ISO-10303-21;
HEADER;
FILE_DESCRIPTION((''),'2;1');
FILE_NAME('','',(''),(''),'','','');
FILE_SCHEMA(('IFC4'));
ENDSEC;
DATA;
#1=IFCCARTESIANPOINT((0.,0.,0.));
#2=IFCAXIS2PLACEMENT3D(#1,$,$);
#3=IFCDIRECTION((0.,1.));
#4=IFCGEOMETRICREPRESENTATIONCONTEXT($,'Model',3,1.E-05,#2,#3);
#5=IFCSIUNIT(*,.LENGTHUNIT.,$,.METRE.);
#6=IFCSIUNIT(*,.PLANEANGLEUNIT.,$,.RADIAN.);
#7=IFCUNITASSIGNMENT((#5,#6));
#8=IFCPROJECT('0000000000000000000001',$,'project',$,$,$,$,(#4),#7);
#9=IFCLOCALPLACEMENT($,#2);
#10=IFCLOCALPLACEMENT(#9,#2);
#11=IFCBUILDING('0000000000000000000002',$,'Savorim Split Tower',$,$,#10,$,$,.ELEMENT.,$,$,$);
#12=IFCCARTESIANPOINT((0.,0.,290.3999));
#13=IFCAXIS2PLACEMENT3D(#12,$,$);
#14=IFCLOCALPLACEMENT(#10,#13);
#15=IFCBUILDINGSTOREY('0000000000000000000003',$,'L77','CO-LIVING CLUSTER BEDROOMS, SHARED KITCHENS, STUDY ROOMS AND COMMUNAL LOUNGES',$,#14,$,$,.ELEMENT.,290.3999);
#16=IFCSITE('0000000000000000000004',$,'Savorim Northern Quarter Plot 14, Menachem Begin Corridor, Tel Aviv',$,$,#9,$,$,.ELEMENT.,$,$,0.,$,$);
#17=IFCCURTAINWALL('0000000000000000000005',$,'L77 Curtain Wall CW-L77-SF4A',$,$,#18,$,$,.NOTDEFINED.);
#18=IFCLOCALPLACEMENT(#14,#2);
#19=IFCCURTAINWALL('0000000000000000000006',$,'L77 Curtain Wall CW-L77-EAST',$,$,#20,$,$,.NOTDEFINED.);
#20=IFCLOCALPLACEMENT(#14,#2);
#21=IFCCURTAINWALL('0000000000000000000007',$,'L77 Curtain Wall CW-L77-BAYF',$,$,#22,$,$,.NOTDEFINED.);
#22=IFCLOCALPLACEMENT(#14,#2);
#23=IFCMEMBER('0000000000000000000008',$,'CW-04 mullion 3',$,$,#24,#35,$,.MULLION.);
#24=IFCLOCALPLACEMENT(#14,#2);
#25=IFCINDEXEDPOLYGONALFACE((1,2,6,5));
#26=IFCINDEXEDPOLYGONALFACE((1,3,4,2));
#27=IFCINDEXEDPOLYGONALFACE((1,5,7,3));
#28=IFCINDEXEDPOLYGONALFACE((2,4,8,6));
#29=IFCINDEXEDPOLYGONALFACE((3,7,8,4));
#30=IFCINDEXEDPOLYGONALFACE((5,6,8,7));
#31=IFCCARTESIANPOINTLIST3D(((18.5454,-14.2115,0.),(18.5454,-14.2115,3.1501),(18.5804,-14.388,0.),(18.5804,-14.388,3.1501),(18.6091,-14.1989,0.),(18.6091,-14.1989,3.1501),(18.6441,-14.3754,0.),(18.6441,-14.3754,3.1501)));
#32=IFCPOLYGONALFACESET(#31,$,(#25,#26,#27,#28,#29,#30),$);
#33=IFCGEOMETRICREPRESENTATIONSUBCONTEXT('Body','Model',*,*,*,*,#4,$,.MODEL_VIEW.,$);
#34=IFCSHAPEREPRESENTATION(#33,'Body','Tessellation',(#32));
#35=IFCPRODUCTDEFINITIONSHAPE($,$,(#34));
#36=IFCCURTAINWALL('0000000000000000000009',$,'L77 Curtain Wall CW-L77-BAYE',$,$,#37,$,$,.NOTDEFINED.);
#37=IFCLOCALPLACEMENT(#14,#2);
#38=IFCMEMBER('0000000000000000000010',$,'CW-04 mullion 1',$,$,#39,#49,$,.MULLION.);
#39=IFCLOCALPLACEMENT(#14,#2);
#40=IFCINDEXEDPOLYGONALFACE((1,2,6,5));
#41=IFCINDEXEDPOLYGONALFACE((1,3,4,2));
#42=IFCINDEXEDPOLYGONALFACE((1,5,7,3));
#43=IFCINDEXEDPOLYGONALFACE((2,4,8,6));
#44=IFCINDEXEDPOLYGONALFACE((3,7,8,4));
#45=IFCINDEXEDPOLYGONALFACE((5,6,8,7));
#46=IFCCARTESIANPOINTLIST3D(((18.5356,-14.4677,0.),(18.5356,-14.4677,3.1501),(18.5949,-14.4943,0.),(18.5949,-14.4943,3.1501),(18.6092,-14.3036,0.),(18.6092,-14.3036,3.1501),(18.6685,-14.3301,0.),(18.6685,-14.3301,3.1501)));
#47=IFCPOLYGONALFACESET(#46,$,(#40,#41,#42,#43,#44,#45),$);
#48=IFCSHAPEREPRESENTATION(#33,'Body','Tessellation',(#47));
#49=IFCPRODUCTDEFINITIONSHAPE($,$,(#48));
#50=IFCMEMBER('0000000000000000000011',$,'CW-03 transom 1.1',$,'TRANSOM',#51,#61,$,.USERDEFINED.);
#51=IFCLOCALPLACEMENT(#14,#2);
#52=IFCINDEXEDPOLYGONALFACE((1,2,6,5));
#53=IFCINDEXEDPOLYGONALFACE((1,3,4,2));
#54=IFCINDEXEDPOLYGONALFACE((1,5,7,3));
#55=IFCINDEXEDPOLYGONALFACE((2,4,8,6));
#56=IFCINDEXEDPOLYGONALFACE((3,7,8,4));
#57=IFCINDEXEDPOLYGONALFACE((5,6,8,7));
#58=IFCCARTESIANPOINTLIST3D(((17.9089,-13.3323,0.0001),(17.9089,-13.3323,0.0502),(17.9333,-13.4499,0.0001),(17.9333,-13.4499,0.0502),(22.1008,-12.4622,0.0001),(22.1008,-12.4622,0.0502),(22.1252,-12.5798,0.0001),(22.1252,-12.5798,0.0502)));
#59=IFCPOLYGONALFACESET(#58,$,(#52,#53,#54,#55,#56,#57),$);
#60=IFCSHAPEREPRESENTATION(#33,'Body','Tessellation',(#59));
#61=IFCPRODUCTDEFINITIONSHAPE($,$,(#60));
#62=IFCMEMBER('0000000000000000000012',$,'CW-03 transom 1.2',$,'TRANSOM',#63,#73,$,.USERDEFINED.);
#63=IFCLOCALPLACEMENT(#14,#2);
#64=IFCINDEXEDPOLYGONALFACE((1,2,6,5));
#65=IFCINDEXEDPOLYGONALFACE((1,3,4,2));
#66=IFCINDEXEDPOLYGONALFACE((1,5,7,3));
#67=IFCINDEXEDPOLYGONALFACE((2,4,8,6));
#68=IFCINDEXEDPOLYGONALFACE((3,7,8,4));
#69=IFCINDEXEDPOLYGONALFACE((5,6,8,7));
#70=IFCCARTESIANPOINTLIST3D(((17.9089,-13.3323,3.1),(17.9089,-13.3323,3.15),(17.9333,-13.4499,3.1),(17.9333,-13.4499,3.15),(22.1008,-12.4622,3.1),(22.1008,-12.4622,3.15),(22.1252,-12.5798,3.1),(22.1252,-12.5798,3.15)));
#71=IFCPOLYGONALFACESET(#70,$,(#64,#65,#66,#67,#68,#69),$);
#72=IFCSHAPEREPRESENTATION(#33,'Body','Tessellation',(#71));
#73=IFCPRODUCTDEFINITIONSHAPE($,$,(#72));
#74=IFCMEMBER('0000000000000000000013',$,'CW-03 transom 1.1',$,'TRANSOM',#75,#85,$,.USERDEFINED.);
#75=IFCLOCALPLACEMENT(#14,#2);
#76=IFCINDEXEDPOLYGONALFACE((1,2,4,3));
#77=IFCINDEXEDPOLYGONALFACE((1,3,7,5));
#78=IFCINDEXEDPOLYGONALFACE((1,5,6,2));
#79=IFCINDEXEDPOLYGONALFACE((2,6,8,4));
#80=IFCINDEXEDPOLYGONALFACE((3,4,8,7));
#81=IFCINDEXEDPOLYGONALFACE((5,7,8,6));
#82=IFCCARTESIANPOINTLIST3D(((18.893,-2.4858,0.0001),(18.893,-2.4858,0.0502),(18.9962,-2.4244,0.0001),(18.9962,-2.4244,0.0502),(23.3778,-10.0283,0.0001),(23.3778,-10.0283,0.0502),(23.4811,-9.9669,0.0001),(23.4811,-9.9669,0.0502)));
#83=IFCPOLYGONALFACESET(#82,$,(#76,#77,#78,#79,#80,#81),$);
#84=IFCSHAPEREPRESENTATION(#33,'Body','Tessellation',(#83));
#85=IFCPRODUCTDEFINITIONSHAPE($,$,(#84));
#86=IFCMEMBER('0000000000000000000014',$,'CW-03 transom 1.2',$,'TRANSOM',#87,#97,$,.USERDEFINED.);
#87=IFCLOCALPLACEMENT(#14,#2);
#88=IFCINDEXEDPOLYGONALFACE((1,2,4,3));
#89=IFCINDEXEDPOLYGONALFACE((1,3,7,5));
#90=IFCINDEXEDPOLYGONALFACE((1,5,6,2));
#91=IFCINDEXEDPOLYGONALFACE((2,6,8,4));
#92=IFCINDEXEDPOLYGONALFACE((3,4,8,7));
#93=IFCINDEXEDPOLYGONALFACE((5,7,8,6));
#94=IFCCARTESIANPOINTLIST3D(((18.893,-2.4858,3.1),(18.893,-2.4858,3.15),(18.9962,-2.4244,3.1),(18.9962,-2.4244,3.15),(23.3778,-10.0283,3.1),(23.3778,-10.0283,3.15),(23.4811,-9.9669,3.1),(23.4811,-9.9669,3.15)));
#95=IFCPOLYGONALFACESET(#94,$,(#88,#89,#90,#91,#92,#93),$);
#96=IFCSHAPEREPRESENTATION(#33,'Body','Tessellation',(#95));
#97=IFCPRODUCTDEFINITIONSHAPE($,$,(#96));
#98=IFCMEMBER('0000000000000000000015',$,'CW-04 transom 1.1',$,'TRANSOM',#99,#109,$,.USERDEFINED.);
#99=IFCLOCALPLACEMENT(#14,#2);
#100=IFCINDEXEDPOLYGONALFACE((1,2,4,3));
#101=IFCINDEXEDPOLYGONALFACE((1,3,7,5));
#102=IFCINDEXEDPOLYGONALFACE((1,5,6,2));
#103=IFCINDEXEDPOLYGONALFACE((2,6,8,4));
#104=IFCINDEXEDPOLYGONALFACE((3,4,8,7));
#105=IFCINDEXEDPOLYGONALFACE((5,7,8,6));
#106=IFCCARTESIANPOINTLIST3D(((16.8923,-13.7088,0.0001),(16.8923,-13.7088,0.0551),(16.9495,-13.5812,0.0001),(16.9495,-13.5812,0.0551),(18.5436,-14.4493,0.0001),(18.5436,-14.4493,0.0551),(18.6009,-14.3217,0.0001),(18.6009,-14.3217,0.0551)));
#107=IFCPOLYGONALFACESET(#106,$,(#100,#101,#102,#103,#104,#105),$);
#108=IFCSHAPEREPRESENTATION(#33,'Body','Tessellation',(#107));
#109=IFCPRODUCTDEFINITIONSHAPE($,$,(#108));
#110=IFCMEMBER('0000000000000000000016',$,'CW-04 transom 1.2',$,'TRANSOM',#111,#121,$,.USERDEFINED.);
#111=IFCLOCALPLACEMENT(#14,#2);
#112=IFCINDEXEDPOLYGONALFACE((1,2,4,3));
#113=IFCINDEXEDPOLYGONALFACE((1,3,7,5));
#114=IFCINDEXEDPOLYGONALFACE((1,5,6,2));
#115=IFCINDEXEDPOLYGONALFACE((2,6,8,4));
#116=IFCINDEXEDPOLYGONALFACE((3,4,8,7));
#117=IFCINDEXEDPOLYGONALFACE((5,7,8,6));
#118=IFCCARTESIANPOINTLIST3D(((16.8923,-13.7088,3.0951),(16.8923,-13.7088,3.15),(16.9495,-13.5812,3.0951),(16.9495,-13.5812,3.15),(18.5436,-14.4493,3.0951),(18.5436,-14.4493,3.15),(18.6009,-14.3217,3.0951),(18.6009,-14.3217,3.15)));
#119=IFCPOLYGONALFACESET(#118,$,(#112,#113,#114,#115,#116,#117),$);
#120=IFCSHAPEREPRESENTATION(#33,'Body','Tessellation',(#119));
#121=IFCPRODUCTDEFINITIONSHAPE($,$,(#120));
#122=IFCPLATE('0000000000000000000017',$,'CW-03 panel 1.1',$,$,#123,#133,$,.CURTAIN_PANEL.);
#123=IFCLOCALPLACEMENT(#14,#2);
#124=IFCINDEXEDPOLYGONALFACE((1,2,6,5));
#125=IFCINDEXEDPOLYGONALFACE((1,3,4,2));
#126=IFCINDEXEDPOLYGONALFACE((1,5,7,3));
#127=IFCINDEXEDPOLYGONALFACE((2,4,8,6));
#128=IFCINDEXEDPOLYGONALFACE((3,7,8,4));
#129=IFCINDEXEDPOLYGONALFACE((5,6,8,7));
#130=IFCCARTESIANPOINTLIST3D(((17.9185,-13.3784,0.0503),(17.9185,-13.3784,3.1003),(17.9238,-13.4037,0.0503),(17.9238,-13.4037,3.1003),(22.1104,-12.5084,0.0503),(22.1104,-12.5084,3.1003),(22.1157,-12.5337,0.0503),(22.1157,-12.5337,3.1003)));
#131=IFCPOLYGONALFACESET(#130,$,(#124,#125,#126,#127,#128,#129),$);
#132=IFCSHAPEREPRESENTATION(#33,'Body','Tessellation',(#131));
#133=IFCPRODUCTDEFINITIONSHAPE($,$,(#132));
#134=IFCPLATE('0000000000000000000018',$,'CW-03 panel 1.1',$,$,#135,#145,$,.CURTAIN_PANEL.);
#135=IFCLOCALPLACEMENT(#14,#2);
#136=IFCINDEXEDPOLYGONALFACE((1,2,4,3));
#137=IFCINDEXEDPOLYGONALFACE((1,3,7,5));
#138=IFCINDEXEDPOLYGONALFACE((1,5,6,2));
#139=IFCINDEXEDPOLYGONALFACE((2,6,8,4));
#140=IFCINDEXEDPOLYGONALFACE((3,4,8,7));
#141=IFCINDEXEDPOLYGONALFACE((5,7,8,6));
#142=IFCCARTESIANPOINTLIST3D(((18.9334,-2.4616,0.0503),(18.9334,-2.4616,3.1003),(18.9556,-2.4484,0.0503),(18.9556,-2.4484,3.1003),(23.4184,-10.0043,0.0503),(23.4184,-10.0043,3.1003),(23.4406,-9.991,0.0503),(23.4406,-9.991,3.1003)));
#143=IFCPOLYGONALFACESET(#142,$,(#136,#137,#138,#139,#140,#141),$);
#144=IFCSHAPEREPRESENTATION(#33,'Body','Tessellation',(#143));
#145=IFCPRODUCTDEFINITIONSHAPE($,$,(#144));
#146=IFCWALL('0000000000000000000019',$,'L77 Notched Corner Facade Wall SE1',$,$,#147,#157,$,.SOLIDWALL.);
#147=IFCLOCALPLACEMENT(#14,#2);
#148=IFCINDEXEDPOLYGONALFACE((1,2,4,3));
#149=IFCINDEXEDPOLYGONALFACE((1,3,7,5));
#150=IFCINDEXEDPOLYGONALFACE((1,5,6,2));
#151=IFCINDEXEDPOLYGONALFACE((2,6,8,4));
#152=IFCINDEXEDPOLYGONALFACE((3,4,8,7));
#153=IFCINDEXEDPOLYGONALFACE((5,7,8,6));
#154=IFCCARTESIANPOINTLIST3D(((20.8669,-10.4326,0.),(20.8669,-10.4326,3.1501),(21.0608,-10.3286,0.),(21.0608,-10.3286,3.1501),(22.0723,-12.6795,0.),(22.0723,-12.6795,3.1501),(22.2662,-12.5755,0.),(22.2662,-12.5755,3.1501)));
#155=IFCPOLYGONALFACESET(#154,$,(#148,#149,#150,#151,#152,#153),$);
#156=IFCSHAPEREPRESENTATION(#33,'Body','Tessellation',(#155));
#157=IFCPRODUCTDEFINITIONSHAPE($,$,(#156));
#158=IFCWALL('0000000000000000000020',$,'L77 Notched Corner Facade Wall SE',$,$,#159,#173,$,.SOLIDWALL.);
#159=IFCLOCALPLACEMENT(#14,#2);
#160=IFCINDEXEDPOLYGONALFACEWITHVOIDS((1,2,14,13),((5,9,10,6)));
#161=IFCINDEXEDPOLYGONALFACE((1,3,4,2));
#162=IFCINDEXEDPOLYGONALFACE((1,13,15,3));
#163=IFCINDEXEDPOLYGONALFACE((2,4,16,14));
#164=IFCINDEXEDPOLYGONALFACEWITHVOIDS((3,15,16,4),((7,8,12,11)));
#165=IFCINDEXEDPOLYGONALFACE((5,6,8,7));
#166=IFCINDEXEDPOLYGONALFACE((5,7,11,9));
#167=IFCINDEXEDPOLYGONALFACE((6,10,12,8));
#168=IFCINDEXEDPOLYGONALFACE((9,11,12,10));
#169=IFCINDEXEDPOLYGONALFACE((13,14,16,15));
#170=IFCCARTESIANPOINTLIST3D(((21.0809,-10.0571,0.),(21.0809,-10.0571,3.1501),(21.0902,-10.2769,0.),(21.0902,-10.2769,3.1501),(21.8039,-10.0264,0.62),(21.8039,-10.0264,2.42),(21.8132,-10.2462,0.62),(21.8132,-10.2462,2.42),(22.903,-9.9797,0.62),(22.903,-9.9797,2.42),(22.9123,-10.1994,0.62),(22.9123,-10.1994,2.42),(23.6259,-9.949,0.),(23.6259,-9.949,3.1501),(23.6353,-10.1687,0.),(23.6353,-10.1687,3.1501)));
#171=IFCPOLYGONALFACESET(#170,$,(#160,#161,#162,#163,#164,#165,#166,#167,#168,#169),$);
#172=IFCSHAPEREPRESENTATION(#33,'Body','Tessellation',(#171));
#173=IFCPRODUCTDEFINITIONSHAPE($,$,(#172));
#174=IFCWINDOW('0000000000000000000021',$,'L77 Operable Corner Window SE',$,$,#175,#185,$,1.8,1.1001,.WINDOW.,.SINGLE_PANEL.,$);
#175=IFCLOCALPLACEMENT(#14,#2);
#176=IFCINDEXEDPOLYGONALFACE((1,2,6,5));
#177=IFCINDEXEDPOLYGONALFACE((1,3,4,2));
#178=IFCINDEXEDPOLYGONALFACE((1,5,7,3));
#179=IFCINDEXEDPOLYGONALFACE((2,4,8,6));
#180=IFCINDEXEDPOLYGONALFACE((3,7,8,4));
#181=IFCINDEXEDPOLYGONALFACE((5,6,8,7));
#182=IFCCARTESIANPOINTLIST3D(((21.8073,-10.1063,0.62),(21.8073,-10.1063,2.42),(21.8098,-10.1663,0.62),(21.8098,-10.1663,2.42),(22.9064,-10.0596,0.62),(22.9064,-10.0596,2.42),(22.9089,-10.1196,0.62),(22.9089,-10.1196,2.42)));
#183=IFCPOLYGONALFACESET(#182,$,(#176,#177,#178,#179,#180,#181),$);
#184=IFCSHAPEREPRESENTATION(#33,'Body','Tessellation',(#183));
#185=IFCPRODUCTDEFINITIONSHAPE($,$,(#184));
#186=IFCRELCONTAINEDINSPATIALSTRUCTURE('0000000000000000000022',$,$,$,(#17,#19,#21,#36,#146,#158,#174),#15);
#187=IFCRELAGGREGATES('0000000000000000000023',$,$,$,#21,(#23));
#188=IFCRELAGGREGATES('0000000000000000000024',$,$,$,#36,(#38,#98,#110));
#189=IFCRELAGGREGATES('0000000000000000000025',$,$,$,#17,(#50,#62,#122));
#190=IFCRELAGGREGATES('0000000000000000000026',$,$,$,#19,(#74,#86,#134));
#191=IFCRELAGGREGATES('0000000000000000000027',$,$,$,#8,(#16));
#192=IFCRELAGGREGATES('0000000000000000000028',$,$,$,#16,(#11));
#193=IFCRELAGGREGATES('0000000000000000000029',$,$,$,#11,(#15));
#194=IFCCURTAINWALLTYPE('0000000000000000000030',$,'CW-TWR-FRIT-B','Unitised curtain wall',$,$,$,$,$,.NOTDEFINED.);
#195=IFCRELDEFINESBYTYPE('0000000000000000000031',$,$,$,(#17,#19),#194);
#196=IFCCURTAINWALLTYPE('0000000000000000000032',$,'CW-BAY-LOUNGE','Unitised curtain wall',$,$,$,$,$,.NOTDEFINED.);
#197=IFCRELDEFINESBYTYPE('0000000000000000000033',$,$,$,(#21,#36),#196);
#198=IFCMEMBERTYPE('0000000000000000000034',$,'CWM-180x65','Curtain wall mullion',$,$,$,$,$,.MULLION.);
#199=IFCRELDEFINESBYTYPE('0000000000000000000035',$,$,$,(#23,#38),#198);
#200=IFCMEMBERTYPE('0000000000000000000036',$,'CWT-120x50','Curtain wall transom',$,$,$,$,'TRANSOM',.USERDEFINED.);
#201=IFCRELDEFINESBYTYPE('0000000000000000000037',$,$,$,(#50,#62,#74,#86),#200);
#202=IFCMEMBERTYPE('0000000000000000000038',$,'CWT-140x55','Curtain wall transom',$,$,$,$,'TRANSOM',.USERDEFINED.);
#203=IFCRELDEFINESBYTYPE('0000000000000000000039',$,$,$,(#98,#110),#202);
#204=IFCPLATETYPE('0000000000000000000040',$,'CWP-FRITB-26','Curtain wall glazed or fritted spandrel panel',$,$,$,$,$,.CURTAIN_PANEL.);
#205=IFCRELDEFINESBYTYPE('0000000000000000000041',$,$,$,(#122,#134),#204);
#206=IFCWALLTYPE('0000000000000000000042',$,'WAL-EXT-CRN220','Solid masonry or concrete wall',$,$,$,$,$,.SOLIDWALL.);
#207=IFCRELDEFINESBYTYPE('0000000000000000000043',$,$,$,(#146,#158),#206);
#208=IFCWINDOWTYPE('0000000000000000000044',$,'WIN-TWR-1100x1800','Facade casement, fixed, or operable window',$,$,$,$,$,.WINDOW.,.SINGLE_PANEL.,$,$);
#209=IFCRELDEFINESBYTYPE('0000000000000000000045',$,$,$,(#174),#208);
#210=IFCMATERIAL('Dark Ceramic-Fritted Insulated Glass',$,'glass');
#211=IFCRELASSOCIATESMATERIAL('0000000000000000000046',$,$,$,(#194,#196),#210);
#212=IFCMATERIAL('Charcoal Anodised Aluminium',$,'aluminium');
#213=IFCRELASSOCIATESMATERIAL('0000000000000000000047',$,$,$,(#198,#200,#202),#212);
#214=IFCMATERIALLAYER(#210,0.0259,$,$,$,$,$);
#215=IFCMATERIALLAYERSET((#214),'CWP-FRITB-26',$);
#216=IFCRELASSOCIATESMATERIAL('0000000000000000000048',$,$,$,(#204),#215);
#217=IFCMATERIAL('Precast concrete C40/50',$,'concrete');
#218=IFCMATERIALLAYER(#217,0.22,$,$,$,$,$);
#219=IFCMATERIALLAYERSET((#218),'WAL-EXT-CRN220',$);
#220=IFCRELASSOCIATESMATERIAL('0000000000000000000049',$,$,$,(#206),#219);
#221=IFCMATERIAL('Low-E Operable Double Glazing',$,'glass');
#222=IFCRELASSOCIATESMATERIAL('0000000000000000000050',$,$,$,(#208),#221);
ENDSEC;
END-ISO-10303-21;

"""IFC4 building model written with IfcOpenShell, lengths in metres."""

from ifc_helpers import new_model, si_unit, direction, frame, frame_2d, origin, origin_2d, place, context, subcontext, project, spatial, rectangle, extrude, material, layer, layer_set, material_profile, profile_set, type_object, element, fill, aggregate, save


model = new_model("IFC4")

# Units and contexts
model_context = context("Model", 3, precision=1e-05, world=origin(), true_north=direction((0.0, 1.0)))
body_context = subcontext(model_context, "Body", "Model", "MODEL_VIEW")
ifc_project = project(units=[si_unit("LENGTHUNIT", "METRE"), si_unit("PLANEANGLEUNIT", "RADIAN")], contexts=[model_context])

# Site, building, storey
site_placement = place(None, origin())
site = spatial("IfcSite", under=ifc_project, at=site_placement, Name="Savorim Northern Quarter Plot 14, Menachem Begin Corridor, Tel Aviv", CompositionType="ELEMENT", RefElevation=0.0)
building_placement = place(site_placement, origin())
building = spatial("IfcBuilding", under=site, at=building_placement, Name="Savorim Split Tower", CompositionType="ELEMENT")
storey_placement = place(building_placement, frame((0.0, 0.0, 290.3999)))
storey = spatial("IfcBuildingStorey", under=building, at=storey_placement, Name="L77", Description="CO-LIVING CLUSTER BEDROOMS, SHARED KITCHENS, STUDY ROOMS AND COMMUNAL LOUNGES", CompositionType="ELEMENT", Elevation=290.3999)

# Curtain wall
ifc_material_1 = material(Name="Dark Ceramic-Fritted Insulated Glass", Category="glass")
curtain_wall_type_1 = type_object("IfcCurtainWallType", Name="CW-TWR-FRIT-B", Description="Unitised curtain wall", PredefinedType="NOTDEFINED", material=ifc_material_1)
curtain_wall_1_placement = place(storey_placement, origin())
curtain_wall_1 = element("IfcCurtainWall", 1, at=curtain_wall_1_placement, inside=storey, type_object=curtain_wall_type_1, Name="L77 Curtain Wall CW-L77-SF4A", PredefinedType="NOTDEFINED")
ifc_material_2 = material(Name="Charcoal Anodised Aluminium", Category="aluminium")

# Curtain wall
curtain_wall_2_placement = place(storey_placement, origin())
curtain_wall_2 = element("IfcCurtainWall", 2, at=curtain_wall_2_placement, inside=storey, type_object=curtain_wall_type_1, Name="L77 Curtain Wall CW-L77-EAST", PredefinedType="NOTDEFINED")

# Curtain walls, members
curtain_wall_type_2 = type_object("IfcCurtainWallType", Name="CW-BAY-LOUNGE", Description="Unitised curtain wall", PredefinedType="NOTDEFINED", material=ifc_material_1)
curtain_wall_3_placement = place(storey_placement, origin())
curtain_wall_3 = element("IfcCurtainWall", 3, at=curtain_wall_3_placement, inside=storey, type_object=curtain_wall_type_2, Name="L77 Curtain Wall CW-L77-BAYF", PredefinedType="NOTDEFINED")
ifc_material_profile_1 = material_profile(ifc_material_2, rectangle(XDim=0.1799, YDim=0.0649, at=origin_2d()), Name="ALU-M 180x65")
ifc_profile_set_1 = profile_set([ifc_material_profile_1], Name="Charcoal Anodised Aluminium")
member_type_1 = type_object("IfcMemberType", Name="CWM-180x65", Description="Curtain wall mullion", PredefinedType="MULLION", material=ifc_profile_set_1)
member_1_placement = place(storey_placement, frame((18.5947, -14.2935, 0.0), z_axis=(0.0, 0.0, 1.0), x_axis=(-0.194484, 0.980906, 0.0)))
member_1 = element("IfcMember", 4, at=member_1_placement, type_object=member_type_1, Name="CW-04 mullion 3", PredefinedType="MULLION", context=body_context, shape_type="SweptSolid", body=[
    extrude(rectangle(XDim=0.1799, YDim=0.0649, at=origin_2d()), origin(), (0.0, 0.0, 1.0), 3.1501),
])
aggregate(curtain_wall_3, [member_1])
curtain_wall_4_placement = place(storey_placement, origin())
curtain_wall_4 = element("IfcCurtainWall", 5, at=curtain_wall_4_placement, inside=storey, type_object=curtain_wall_type_2, Name="L77 Curtain Wall CW-L77-BAYE", PredefinedType="NOTDEFINED")
member_2_placement = place(storey_placement, frame((18.6021, -14.3989, 0.0), z_axis=(0.0, 0.0, 1.0), x_axis=(-0.409231, -0.912431, 0.0)))
member_2 = element("IfcMember", 6, at=member_2_placement, type_object=member_type_1, Name="CW-04 mullion 1", PredefinedType="MULLION", context=body_context, shape_type="SweptSolid", body=[
    extrude(rectangle(XDim=0.1799, YDim=0.0649, at=origin_2d()), origin(), (0.0, 0.0, 1.0), 3.1501),
])

# Members
ifc_material_profile_2 = material_profile(ifc_material_2, rectangle(XDim=0.1201, YDim=0.05, at=origin_2d()), Name="ALU-T 120x50")
ifc_profile_set_2 = profile_set([ifc_material_profile_2], Name="Charcoal Anodised Aluminium")
member_type_2 = type_object("IfcMemberType", Name="CWT-120x50", Description="Curtain wall transom", ElementType="TRANSOM", PredefinedType="USERDEFINED", material=ifc_profile_set_2)
member_3_placement = place(storey_placement, frame((17.9211, -13.3911, 0.0251), z_axis=(0.979129, 0.203239, 0.0), x_axis=(-0.203239, 0.979129, 0.0)))
member_3 = element("IfcMember", 7, at=member_3_placement, type_object=member_type_2, Name="CW-03 transom 1.1", ObjectType="TRANSOM", PredefinedType="USERDEFINED", context=body_context, shape_type="SweptSolid", body=[
    extrude(rectangle(XDim=0.1201, YDim=0.05, at=origin_2d()), origin(), (0.0, 0.0, 1.0), 4.2812),
])
member_4_placement = place(storey_placement, frame((17.9211, -13.3911, 3.125), z_axis=(0.979129, 0.203239, 0.0), x_axis=(-0.203239, 0.979129, 0.0)))
member_4 = element("IfcMember", 8, at=member_4_placement, type_object=member_type_2, Name="CW-03 transom 1.2", ObjectType="TRANSOM", PredefinedType="USERDEFINED", context=body_context, shape_type="SweptSolid", body=[
    extrude(rectangle(XDim=0.1201, YDim=0.05, at=origin_2d()), origin(), (0.0, 0.0, 1.0), 4.2812),
])
member_5_placement = place(storey_placement, frame((23.4294, -9.9976, 0.0251), z_axis=(-0.511088, 0.859529, 0.0), x_axis=(-0.859529, -0.511088, 0.0)))
member_5 = element("IfcMember", 9, at=member_5_placement, type_object=member_type_2, Name="CW-03 transom 1.1", ObjectType="TRANSOM", PredefinedType="USERDEFINED", context=body_context, shape_type="SweptSolid", body=[
    extrude(rectangle(XDim=0.1201, YDim=0.05, at=origin_2d()), origin(), (0.0, 0.0, 1.0), 8.7751),
])
member_6_placement = place(storey_placement, frame((23.4294, -9.9976, 3.125), z_axis=(-0.511088, 0.859529, 0.0), x_axis=(-0.859529, -0.511088, 0.0)))
member_6 = element("IfcMember", 10, at=member_6_placement, type_object=member_type_2, Name="CW-03 transom 1.2", ObjectType="TRANSOM", PredefinedType="USERDEFINED", context=body_context, shape_type="SweptSolid", body=[
    extrude(rectangle(XDim=0.1201, YDim=0.05, at=origin_2d()), origin(), (0.0, 0.0, 1.0), 8.7751),
])
ifc_material_profile_3 = material_profile(ifc_material_2, rectangle(XDim=0.1399, YDim=0.0549, at=origin_2d()), Name="ALU-T 140x55")
ifc_profile_set_3 = profile_set([ifc_material_profile_3], Name="Charcoal Anodised Aluminium")
member_type_3 = type_object("IfcMemberType", Name="CWT-140x55", Description="Curtain wall transom", ElementType="TRANSOM", PredefinedType="USERDEFINED", material=ifc_profile_set_3)
member_7_placement = place(storey_placement, frame((18.5723, -14.3855, 0.0276), z_axis=(-0.912466, 0.409153, 0.0), x_axis=(-0.409153, -0.912466, 0.0)))
member_7 = element("IfcMember", 11, at=member_7_placement, type_object=member_type_3, Name="CW-04 transom 1.1", ObjectType="TRANSOM", PredefinedType="USERDEFINED", context=body_context, shape_type="SweptSolid", body=[
    extrude(rectangle(XDim=0.1399, YDim=0.0549, at=origin_2d()), origin(), (0.0, 0.0, 1.0), 1.8098),
])
member_8_placement = place(storey_placement, frame((18.5723, -14.3855, 3.1226), z_axis=(-0.912466, 0.409153, 0.0), x_axis=(-0.409153, -0.912466, 0.0)))
member_8 = element("IfcMember", 12, at=member_8_placement, type_object=member_type_3, Name="CW-04 transom 1.2", ObjectType="TRANSOM", PredefinedType="USERDEFINED", context=body_context, shape_type="SweptSolid", body=[
    extrude(rectangle(XDim=0.1399, YDim=0.0549, at=origin_2d()), origin(), (0.0, 0.0, 1.0), 1.8098),
])
aggregate(curtain_wall_4, [member_2, member_7, member_8])

# Plates
ifc_layer_1 = layer(ifc_material_1, 0.0259)
ifc_layer_set_1 = layer_set([ifc_layer_1], Name="CWP-FRITB-26")
plate_type = type_object("IfcPlateType", Name="CWP-FRITB-26", Description="Curtain wall glazed or fritted spandrel panel", PredefinedType="CURTAIN_PANEL", material=ifc_layer_set_1)
plate_1_placement = place(storey_placement, frame((20.0171, -12.9561, 0.0503), z_axis=(0.0, 0.0, 1.0), x_axis=(0.979133, 0.20322, 0.0)))
plate_1 = element("IfcPlate", 13, at=plate_1_placement, type_object=plate_type, Name="CW-03 panel 1.1", PredefinedType="CURTAIN_PANEL", context=body_context, shape_type="SweptSolid", body=[
    extrude(rectangle(XDim=4.2812, YDim=0.0259, at=origin_2d()), origin(), (0.0, 0.0, 1.0), 3.05),
])
aggregate(curtain_wall_1, [member_3, member_4, plate_1])
plate_2_placement = place(storey_placement, frame((21.187, -6.2263, 0.0503), z_axis=(0.0, 0.0, 1.0), x_axis=(-0.511092, 0.859526, 0.0)))
plate_2 = element("IfcPlate", 14, at=plate_2_placement, type_object=plate_type, Name="CW-03 panel 1.1", PredefinedType="CURTAIN_PANEL", context=body_context, shape_type="SweptSolid", body=[
    extrude(rectangle(XDim=8.7754, YDim=0.0259, at=origin_2d()), origin(), (0.0, 0.0, 1.0), 3.05),
])
aggregate(curtain_wall_2, [member_5, member_6, plate_2])

# Wall
ifc_material_3 = material(Name="Precast concrete C40/50", Category="concrete")
ifc_layer_2 = layer(ifc_material_3, 0.22)
ifc_layer_set_2 = layer_set([ifc_layer_2], Name="WAL-EXT-CRN220")
wall_type = type_object("IfcWallType", Name="WAL-EXT-CRN220", Description="Solid masonry or concrete wall", PredefinedType="SOLIDWALL", material=ifc_layer_set_2)
wall_1_placement = place(storey_placement, frame((20.9639, -10.3806, 0.0), z_axis=(0.0, 0.0, 1.0), x_axis=(0.472729, -0.881208, 0.0)))
element("IfcWall", 15, at=wall_1_placement, inside=storey, type_object=wall_type, Name="L77 Notched Corner Facade Wall SE1", PredefinedType="SOLIDWALL", context=body_context, shape_type="SweptSolid", body=[
    extrude(rectangle(XDim=2.5498, YDim=0.22, at=frame_2d((1.2749, 0.0))), origin(), (0.0, 0.0, 1.0), 3.1501),
])

# Wall, opening, window
wall_2_placement = place(storey_placement, frame((23.6306, -10.0588, 0.0), z_axis=(0.0, 0.0, 1.0), x_axis=(-0.999098, -0.042456, 0.0)))
wall_2 = element("IfcWall", 16, at=wall_2_placement, inside=storey, type_object=wall_type, Name="L77 Notched Corner Facade Wall SE", PredefinedType="SOLIDWALL", context=body_context, shape_type="SweptSolid", body=[
    extrude(rectangle(XDim=2.5474, YDim=0.22, at=frame_2d((1.2737, 0.0))), origin(), (0.0, 0.0, 1.0), 3.1501),
])
opening_placement = place(wall_2_placement, frame((0.7236, 0.0, 0.6201)))
opening = element("IfcOpeningElement", 17, at=opening_placement, cuts=wall_2, PredefinedType="OPENING", context=body_context, shape_type="SweptSolid", body=[
    extrude(rectangle(XDim=1.1001, YDim=1.8, at=frame_2d((0.55, 0.8999))), frame((0.0, 0.1199, 0.0), z_axis=(0.0, -1.0, 0.0), x_axis=(1.0, 0.0, 0.0)), (0.0, 0.0, 1.0), 0.24),
])
ifc_material_4 = material(Name="Low-E Operable Double Glazing", Category="glass")
window_type = type_object("IfcWindowType", Name="WIN-TWR-1100x1800", Description="Facade casement, fixed, or operable window", PartitioningType="SINGLE_PANEL", PredefinedType="WINDOW", material=ifc_material_4)
window_placement = place(opening_placement, origin())
window = element("IfcWindow", 18, at=window_placement, inside=storey, type_object=window_type, Name="L77 Operable Corner Window SE", OverallHeight=1.8, OverallWidth=1.1001, PartitioningType="SINGLE_PANEL", PredefinedType="WINDOW", context=body_context, shape_type="SweptSolid", body=[
    extrude(rectangle(XDim=1.1001, YDim=1.8, at=frame_2d((0.55, 0.8999))), frame((0.0, 0.03, 0.0), z_axis=(0.0, -1.0, 0.0), x_axis=(1.0, 0.0, 0.0)), (0.0, 0.0, 1.0), 0.0601),
])
fill(opening, window)

save(model, "model.ifc")
